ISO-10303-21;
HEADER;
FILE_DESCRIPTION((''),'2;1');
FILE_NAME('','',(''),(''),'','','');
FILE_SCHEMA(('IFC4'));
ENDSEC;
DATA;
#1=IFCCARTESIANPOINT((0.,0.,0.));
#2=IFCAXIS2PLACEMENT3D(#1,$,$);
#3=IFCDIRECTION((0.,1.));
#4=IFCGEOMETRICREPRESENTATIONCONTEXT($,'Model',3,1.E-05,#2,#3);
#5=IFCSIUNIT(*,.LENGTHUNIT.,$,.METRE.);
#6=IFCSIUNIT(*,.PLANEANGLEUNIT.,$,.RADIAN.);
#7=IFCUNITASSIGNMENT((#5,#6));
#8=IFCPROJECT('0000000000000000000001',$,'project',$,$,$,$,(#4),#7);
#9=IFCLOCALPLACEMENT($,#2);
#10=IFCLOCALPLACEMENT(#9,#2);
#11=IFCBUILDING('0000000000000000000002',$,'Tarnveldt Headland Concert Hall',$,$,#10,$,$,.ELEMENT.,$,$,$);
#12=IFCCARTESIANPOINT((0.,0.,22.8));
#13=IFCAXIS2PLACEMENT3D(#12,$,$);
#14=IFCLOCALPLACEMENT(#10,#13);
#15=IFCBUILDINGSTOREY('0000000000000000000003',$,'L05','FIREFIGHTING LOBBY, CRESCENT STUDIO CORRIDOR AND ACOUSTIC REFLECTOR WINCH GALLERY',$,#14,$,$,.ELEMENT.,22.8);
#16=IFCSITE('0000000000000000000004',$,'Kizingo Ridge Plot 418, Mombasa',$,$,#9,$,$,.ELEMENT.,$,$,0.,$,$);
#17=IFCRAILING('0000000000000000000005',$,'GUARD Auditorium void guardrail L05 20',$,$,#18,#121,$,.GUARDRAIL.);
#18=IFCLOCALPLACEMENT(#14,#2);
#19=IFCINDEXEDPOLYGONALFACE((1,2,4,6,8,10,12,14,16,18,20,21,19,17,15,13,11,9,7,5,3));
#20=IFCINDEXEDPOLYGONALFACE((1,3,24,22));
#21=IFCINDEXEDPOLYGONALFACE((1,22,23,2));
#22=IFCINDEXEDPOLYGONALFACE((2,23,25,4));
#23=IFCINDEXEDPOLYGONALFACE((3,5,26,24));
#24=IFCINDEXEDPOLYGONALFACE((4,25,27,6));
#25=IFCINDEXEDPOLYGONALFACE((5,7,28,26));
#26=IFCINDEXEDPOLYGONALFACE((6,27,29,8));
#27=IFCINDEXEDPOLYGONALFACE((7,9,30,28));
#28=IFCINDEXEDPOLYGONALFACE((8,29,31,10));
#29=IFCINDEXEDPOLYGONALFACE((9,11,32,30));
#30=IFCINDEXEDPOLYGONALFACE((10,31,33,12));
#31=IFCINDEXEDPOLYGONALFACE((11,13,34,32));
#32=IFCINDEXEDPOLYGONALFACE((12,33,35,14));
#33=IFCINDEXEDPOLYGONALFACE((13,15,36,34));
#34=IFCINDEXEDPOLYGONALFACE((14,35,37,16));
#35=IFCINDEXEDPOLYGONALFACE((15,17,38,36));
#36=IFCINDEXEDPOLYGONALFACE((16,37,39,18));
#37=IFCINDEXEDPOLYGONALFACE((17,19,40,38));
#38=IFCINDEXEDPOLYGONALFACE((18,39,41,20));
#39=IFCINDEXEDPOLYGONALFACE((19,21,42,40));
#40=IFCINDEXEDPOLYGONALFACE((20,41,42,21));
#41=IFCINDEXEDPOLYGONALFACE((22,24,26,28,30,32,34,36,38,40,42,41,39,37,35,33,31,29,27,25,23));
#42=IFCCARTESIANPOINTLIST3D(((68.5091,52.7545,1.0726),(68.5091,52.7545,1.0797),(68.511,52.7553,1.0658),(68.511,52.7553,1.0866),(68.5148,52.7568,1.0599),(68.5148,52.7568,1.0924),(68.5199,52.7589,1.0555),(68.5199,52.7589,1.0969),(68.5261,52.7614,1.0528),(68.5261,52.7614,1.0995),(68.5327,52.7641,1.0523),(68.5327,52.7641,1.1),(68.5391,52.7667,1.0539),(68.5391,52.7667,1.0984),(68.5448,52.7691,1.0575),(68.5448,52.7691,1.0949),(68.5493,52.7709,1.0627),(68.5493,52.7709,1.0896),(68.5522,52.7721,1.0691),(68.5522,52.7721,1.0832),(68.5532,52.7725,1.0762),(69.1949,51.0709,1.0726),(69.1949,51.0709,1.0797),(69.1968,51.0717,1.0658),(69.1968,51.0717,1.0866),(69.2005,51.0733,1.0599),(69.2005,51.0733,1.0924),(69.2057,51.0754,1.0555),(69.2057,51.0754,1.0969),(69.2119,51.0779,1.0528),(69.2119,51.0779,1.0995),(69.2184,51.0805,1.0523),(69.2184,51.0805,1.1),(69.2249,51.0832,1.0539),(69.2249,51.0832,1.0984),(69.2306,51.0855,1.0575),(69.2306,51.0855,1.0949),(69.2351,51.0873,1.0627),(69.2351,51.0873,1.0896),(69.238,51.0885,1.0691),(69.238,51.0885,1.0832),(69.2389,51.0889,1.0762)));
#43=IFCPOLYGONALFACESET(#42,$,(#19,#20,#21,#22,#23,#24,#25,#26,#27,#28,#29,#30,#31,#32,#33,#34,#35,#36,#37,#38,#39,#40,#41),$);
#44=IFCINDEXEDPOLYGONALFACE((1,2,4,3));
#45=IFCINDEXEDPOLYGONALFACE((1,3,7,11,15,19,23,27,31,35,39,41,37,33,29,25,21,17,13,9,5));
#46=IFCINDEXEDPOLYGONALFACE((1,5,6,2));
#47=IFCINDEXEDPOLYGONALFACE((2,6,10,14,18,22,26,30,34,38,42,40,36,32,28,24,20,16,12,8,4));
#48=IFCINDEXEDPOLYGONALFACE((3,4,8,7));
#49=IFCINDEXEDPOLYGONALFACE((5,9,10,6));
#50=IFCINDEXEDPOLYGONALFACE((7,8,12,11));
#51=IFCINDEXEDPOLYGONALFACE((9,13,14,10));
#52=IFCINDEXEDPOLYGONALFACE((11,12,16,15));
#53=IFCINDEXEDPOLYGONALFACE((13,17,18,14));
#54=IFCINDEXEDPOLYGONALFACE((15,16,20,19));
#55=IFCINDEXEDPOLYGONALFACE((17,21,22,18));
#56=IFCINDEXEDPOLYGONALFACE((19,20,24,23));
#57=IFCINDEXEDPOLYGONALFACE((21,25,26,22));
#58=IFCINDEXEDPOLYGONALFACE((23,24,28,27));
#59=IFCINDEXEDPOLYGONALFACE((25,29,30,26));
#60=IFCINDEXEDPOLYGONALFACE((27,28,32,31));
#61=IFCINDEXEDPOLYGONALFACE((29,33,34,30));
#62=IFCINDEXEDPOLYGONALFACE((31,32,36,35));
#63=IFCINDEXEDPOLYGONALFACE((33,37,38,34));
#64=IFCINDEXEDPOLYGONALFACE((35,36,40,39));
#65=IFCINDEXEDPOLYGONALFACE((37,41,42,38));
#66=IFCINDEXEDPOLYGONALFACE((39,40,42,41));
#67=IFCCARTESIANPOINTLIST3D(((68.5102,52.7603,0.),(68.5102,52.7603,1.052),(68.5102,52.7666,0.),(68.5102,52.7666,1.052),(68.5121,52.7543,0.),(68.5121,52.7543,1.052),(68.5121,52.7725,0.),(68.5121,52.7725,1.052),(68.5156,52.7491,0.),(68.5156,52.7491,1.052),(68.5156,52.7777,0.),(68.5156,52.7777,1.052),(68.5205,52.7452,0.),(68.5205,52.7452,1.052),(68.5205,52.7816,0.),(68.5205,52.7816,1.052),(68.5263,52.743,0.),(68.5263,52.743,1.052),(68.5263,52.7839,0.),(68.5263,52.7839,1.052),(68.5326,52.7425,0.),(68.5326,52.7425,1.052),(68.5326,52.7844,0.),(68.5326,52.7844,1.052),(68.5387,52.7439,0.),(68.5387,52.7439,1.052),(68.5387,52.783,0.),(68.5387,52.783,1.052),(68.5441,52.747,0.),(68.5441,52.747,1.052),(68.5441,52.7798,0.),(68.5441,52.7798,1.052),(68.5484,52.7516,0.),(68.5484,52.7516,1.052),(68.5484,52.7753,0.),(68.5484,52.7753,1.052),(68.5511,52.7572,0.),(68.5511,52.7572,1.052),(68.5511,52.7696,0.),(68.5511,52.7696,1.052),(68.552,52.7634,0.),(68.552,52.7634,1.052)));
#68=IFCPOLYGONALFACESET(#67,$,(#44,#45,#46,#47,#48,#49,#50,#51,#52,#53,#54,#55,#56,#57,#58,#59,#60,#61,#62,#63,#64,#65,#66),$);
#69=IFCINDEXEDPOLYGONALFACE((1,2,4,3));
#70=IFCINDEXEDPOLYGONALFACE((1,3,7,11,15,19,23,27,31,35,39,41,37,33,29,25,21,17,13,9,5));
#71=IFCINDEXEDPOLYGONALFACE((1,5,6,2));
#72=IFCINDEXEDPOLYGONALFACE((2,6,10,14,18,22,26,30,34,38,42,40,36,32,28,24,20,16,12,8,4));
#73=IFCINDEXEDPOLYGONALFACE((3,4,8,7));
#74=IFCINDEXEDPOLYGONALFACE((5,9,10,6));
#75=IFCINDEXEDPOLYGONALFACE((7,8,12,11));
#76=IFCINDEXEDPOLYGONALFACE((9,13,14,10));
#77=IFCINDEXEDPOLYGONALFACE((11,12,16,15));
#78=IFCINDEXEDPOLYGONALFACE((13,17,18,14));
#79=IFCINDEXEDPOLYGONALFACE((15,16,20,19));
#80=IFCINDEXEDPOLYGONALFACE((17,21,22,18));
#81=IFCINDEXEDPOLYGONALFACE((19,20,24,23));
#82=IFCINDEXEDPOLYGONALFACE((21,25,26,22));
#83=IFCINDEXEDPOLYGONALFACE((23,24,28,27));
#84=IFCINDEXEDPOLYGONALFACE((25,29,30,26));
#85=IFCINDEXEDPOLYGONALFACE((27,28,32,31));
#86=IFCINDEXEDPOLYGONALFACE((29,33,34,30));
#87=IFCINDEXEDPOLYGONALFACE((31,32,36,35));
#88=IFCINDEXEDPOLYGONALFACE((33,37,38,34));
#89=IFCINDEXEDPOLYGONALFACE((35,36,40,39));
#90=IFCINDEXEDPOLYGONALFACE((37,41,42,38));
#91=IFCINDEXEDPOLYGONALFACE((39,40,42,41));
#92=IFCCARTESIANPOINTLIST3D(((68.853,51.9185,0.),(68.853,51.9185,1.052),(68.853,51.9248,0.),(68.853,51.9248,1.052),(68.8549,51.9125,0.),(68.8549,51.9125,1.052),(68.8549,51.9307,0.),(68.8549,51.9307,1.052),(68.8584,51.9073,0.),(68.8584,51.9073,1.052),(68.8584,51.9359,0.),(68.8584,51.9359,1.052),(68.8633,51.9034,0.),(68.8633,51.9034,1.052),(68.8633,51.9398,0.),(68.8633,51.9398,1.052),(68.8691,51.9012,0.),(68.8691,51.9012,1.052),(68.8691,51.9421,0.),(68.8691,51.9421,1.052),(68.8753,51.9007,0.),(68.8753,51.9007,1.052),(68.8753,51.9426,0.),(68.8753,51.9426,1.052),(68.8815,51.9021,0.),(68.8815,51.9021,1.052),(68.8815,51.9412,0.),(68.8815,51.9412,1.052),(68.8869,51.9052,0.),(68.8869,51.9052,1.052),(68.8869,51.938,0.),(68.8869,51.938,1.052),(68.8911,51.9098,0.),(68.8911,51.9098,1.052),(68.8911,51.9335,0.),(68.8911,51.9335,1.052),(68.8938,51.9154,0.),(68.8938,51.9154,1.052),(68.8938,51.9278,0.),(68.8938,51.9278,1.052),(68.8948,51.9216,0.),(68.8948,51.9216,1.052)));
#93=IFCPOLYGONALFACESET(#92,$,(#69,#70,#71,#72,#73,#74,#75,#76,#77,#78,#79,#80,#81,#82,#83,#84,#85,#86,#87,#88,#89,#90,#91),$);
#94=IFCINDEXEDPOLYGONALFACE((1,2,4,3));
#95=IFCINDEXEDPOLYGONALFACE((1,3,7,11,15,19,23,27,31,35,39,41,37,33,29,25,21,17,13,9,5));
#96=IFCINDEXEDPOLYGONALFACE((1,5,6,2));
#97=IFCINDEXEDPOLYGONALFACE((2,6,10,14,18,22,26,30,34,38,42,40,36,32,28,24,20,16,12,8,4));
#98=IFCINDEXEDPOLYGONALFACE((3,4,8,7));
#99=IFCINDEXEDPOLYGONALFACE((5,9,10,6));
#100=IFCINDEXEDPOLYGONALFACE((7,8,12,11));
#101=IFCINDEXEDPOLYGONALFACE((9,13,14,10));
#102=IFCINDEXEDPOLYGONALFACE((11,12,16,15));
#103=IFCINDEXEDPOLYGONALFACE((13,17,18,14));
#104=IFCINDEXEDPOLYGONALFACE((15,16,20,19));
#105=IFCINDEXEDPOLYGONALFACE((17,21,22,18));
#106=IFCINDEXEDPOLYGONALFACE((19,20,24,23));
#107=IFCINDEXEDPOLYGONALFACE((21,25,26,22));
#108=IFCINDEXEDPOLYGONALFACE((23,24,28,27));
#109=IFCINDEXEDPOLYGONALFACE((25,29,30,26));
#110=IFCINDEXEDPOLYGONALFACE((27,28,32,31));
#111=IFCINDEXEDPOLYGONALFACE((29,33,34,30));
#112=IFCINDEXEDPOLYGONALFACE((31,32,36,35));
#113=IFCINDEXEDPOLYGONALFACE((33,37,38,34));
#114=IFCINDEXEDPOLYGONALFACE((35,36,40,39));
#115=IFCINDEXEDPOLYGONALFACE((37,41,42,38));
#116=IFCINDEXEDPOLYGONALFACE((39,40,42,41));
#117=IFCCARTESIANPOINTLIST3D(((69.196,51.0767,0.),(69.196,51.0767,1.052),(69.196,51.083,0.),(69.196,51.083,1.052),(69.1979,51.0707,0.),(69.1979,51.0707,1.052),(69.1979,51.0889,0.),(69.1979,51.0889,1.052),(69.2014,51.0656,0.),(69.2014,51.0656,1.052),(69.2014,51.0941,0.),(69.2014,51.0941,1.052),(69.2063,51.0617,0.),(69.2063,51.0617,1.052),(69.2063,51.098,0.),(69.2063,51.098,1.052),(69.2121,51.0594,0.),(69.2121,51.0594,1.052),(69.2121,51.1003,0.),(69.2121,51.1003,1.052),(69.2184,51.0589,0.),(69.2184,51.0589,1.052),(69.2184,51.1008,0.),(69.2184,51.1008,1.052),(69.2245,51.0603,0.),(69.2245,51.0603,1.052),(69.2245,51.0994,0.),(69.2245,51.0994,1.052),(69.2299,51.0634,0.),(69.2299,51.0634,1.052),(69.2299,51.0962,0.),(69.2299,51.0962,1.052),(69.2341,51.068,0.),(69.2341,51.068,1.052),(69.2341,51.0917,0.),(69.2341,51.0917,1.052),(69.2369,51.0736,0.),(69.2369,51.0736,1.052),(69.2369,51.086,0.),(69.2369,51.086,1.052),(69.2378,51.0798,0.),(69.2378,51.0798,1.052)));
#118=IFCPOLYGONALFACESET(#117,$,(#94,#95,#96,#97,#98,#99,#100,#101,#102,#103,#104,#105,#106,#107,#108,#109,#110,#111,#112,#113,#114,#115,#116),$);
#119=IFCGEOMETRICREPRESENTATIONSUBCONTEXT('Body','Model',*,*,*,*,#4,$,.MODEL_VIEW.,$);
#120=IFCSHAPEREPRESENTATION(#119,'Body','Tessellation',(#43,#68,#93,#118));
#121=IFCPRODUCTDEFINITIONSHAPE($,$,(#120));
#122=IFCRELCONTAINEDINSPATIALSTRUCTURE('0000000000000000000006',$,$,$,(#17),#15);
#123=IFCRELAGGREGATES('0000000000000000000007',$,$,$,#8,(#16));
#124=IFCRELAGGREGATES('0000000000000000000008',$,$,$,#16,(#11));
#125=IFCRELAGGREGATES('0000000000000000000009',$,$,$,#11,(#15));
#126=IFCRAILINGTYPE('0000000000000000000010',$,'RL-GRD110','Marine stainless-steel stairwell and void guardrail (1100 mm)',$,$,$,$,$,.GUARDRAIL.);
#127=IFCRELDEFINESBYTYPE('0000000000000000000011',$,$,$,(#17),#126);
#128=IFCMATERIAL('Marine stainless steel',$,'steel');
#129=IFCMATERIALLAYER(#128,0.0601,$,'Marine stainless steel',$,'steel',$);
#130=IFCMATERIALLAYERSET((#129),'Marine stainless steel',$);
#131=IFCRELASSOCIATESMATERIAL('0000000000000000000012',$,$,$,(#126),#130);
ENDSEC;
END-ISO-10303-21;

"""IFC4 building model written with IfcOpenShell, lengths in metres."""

from ifc_helpers import new_model, si_unit, direction, frame, origin, origin_2d, place, context, subcontext, project, spatial, circle, extrude, material, layer, layer_set, type_object, element, save


model = new_model("IFC4")

# Units and contexts
model_context = context("Model", 3, precision=1e-05, world=origin(), true_north=direction((0.0, 1.0)))
body_context = subcontext(model_context, "Body", "Model", "MODEL_VIEW")
ifc_project = project(units=[si_unit("LENGTHUNIT", "METRE"), si_unit("PLANEANGLEUNIT", "RADIAN")], contexts=[model_context])

# Site, building, storey
site_placement = place(None, origin())
site = spatial("IfcSite", under=ifc_project, at=site_placement, Name="Kizingo Ridge Plot 418, Mombasa", CompositionType="ELEMENT", RefElevation=0.0)
building_placement = place(site_placement, origin())
building = spatial("IfcBuilding", under=site, at=building_placement, Name="Tarnveldt Headland Concert Hall", CompositionType="ELEMENT")
storey_placement = place(building_placement, frame((0.0, 0.0, 22.8)))
storey = spatial("IfcBuildingStorey", under=building, at=storey_placement, Name="L05", Description="FIREFIGHTING LOBBY, CRESCENT STUDIO CORRIDOR AND ACOUSTIC REFLECTOR WINCH GALLERY", CompositionType="ELEMENT", Elevation=22.8)

# Railing
ifc_material_1 = material(Name="Marine stainless steel", Category="steel")
ifc_layer_1 = layer(ifc_material_1, 0.0601, Name="Marine stainless steel", Category="steel")
ifc_layer_set_1 = layer_set([ifc_layer_1], Name="Marine stainless steel")
railing_type = type_object("IfcRailingType", Name="RL-GRD110", Description="Marine stainless-steel stairwell and void guardrail (1100 mm)", PredefinedType="GUARDRAIL", material=ifc_layer_set_1)
railing_1_placement = place(storey_placement, frame((68.531, 52.7634, 0.0)))
element("IfcRailing", 1, at=railing_1_placement, inside=storey, type_object=railing_type, Name="GUARD Auditorium void guardrail L05 20", PredefinedType="GUARDRAIL", context=body_context, shape_type="SweptSolid", body=[
    extrude(circle(Radius=0.0239, at=origin_2d()), frame((0.0, 0.0, 1.0762), z_axis=(0.377241, -0.926115, 0.0), x_axis=(0.926115, 0.377241, 0.0)), (0.0, 0.0, 1.0), 1.8179),
    extrude(circle(Radius=0.021, at=origin_2d()), origin(), (0.0, 0.0, 1.0), 1.052),
    extrude(circle(Radius=0.021, at=origin_2d()), frame((0.3428, -0.8418, 0.0)), (0.0, 0.0, 1.0), 1.052),
    extrude(circle(Radius=0.021, at=origin_2d()), frame((0.6858, -1.6836, 0.0)), (0.0, 0.0, 1.0), 1.052),
])

save(model, "model.ifc")
